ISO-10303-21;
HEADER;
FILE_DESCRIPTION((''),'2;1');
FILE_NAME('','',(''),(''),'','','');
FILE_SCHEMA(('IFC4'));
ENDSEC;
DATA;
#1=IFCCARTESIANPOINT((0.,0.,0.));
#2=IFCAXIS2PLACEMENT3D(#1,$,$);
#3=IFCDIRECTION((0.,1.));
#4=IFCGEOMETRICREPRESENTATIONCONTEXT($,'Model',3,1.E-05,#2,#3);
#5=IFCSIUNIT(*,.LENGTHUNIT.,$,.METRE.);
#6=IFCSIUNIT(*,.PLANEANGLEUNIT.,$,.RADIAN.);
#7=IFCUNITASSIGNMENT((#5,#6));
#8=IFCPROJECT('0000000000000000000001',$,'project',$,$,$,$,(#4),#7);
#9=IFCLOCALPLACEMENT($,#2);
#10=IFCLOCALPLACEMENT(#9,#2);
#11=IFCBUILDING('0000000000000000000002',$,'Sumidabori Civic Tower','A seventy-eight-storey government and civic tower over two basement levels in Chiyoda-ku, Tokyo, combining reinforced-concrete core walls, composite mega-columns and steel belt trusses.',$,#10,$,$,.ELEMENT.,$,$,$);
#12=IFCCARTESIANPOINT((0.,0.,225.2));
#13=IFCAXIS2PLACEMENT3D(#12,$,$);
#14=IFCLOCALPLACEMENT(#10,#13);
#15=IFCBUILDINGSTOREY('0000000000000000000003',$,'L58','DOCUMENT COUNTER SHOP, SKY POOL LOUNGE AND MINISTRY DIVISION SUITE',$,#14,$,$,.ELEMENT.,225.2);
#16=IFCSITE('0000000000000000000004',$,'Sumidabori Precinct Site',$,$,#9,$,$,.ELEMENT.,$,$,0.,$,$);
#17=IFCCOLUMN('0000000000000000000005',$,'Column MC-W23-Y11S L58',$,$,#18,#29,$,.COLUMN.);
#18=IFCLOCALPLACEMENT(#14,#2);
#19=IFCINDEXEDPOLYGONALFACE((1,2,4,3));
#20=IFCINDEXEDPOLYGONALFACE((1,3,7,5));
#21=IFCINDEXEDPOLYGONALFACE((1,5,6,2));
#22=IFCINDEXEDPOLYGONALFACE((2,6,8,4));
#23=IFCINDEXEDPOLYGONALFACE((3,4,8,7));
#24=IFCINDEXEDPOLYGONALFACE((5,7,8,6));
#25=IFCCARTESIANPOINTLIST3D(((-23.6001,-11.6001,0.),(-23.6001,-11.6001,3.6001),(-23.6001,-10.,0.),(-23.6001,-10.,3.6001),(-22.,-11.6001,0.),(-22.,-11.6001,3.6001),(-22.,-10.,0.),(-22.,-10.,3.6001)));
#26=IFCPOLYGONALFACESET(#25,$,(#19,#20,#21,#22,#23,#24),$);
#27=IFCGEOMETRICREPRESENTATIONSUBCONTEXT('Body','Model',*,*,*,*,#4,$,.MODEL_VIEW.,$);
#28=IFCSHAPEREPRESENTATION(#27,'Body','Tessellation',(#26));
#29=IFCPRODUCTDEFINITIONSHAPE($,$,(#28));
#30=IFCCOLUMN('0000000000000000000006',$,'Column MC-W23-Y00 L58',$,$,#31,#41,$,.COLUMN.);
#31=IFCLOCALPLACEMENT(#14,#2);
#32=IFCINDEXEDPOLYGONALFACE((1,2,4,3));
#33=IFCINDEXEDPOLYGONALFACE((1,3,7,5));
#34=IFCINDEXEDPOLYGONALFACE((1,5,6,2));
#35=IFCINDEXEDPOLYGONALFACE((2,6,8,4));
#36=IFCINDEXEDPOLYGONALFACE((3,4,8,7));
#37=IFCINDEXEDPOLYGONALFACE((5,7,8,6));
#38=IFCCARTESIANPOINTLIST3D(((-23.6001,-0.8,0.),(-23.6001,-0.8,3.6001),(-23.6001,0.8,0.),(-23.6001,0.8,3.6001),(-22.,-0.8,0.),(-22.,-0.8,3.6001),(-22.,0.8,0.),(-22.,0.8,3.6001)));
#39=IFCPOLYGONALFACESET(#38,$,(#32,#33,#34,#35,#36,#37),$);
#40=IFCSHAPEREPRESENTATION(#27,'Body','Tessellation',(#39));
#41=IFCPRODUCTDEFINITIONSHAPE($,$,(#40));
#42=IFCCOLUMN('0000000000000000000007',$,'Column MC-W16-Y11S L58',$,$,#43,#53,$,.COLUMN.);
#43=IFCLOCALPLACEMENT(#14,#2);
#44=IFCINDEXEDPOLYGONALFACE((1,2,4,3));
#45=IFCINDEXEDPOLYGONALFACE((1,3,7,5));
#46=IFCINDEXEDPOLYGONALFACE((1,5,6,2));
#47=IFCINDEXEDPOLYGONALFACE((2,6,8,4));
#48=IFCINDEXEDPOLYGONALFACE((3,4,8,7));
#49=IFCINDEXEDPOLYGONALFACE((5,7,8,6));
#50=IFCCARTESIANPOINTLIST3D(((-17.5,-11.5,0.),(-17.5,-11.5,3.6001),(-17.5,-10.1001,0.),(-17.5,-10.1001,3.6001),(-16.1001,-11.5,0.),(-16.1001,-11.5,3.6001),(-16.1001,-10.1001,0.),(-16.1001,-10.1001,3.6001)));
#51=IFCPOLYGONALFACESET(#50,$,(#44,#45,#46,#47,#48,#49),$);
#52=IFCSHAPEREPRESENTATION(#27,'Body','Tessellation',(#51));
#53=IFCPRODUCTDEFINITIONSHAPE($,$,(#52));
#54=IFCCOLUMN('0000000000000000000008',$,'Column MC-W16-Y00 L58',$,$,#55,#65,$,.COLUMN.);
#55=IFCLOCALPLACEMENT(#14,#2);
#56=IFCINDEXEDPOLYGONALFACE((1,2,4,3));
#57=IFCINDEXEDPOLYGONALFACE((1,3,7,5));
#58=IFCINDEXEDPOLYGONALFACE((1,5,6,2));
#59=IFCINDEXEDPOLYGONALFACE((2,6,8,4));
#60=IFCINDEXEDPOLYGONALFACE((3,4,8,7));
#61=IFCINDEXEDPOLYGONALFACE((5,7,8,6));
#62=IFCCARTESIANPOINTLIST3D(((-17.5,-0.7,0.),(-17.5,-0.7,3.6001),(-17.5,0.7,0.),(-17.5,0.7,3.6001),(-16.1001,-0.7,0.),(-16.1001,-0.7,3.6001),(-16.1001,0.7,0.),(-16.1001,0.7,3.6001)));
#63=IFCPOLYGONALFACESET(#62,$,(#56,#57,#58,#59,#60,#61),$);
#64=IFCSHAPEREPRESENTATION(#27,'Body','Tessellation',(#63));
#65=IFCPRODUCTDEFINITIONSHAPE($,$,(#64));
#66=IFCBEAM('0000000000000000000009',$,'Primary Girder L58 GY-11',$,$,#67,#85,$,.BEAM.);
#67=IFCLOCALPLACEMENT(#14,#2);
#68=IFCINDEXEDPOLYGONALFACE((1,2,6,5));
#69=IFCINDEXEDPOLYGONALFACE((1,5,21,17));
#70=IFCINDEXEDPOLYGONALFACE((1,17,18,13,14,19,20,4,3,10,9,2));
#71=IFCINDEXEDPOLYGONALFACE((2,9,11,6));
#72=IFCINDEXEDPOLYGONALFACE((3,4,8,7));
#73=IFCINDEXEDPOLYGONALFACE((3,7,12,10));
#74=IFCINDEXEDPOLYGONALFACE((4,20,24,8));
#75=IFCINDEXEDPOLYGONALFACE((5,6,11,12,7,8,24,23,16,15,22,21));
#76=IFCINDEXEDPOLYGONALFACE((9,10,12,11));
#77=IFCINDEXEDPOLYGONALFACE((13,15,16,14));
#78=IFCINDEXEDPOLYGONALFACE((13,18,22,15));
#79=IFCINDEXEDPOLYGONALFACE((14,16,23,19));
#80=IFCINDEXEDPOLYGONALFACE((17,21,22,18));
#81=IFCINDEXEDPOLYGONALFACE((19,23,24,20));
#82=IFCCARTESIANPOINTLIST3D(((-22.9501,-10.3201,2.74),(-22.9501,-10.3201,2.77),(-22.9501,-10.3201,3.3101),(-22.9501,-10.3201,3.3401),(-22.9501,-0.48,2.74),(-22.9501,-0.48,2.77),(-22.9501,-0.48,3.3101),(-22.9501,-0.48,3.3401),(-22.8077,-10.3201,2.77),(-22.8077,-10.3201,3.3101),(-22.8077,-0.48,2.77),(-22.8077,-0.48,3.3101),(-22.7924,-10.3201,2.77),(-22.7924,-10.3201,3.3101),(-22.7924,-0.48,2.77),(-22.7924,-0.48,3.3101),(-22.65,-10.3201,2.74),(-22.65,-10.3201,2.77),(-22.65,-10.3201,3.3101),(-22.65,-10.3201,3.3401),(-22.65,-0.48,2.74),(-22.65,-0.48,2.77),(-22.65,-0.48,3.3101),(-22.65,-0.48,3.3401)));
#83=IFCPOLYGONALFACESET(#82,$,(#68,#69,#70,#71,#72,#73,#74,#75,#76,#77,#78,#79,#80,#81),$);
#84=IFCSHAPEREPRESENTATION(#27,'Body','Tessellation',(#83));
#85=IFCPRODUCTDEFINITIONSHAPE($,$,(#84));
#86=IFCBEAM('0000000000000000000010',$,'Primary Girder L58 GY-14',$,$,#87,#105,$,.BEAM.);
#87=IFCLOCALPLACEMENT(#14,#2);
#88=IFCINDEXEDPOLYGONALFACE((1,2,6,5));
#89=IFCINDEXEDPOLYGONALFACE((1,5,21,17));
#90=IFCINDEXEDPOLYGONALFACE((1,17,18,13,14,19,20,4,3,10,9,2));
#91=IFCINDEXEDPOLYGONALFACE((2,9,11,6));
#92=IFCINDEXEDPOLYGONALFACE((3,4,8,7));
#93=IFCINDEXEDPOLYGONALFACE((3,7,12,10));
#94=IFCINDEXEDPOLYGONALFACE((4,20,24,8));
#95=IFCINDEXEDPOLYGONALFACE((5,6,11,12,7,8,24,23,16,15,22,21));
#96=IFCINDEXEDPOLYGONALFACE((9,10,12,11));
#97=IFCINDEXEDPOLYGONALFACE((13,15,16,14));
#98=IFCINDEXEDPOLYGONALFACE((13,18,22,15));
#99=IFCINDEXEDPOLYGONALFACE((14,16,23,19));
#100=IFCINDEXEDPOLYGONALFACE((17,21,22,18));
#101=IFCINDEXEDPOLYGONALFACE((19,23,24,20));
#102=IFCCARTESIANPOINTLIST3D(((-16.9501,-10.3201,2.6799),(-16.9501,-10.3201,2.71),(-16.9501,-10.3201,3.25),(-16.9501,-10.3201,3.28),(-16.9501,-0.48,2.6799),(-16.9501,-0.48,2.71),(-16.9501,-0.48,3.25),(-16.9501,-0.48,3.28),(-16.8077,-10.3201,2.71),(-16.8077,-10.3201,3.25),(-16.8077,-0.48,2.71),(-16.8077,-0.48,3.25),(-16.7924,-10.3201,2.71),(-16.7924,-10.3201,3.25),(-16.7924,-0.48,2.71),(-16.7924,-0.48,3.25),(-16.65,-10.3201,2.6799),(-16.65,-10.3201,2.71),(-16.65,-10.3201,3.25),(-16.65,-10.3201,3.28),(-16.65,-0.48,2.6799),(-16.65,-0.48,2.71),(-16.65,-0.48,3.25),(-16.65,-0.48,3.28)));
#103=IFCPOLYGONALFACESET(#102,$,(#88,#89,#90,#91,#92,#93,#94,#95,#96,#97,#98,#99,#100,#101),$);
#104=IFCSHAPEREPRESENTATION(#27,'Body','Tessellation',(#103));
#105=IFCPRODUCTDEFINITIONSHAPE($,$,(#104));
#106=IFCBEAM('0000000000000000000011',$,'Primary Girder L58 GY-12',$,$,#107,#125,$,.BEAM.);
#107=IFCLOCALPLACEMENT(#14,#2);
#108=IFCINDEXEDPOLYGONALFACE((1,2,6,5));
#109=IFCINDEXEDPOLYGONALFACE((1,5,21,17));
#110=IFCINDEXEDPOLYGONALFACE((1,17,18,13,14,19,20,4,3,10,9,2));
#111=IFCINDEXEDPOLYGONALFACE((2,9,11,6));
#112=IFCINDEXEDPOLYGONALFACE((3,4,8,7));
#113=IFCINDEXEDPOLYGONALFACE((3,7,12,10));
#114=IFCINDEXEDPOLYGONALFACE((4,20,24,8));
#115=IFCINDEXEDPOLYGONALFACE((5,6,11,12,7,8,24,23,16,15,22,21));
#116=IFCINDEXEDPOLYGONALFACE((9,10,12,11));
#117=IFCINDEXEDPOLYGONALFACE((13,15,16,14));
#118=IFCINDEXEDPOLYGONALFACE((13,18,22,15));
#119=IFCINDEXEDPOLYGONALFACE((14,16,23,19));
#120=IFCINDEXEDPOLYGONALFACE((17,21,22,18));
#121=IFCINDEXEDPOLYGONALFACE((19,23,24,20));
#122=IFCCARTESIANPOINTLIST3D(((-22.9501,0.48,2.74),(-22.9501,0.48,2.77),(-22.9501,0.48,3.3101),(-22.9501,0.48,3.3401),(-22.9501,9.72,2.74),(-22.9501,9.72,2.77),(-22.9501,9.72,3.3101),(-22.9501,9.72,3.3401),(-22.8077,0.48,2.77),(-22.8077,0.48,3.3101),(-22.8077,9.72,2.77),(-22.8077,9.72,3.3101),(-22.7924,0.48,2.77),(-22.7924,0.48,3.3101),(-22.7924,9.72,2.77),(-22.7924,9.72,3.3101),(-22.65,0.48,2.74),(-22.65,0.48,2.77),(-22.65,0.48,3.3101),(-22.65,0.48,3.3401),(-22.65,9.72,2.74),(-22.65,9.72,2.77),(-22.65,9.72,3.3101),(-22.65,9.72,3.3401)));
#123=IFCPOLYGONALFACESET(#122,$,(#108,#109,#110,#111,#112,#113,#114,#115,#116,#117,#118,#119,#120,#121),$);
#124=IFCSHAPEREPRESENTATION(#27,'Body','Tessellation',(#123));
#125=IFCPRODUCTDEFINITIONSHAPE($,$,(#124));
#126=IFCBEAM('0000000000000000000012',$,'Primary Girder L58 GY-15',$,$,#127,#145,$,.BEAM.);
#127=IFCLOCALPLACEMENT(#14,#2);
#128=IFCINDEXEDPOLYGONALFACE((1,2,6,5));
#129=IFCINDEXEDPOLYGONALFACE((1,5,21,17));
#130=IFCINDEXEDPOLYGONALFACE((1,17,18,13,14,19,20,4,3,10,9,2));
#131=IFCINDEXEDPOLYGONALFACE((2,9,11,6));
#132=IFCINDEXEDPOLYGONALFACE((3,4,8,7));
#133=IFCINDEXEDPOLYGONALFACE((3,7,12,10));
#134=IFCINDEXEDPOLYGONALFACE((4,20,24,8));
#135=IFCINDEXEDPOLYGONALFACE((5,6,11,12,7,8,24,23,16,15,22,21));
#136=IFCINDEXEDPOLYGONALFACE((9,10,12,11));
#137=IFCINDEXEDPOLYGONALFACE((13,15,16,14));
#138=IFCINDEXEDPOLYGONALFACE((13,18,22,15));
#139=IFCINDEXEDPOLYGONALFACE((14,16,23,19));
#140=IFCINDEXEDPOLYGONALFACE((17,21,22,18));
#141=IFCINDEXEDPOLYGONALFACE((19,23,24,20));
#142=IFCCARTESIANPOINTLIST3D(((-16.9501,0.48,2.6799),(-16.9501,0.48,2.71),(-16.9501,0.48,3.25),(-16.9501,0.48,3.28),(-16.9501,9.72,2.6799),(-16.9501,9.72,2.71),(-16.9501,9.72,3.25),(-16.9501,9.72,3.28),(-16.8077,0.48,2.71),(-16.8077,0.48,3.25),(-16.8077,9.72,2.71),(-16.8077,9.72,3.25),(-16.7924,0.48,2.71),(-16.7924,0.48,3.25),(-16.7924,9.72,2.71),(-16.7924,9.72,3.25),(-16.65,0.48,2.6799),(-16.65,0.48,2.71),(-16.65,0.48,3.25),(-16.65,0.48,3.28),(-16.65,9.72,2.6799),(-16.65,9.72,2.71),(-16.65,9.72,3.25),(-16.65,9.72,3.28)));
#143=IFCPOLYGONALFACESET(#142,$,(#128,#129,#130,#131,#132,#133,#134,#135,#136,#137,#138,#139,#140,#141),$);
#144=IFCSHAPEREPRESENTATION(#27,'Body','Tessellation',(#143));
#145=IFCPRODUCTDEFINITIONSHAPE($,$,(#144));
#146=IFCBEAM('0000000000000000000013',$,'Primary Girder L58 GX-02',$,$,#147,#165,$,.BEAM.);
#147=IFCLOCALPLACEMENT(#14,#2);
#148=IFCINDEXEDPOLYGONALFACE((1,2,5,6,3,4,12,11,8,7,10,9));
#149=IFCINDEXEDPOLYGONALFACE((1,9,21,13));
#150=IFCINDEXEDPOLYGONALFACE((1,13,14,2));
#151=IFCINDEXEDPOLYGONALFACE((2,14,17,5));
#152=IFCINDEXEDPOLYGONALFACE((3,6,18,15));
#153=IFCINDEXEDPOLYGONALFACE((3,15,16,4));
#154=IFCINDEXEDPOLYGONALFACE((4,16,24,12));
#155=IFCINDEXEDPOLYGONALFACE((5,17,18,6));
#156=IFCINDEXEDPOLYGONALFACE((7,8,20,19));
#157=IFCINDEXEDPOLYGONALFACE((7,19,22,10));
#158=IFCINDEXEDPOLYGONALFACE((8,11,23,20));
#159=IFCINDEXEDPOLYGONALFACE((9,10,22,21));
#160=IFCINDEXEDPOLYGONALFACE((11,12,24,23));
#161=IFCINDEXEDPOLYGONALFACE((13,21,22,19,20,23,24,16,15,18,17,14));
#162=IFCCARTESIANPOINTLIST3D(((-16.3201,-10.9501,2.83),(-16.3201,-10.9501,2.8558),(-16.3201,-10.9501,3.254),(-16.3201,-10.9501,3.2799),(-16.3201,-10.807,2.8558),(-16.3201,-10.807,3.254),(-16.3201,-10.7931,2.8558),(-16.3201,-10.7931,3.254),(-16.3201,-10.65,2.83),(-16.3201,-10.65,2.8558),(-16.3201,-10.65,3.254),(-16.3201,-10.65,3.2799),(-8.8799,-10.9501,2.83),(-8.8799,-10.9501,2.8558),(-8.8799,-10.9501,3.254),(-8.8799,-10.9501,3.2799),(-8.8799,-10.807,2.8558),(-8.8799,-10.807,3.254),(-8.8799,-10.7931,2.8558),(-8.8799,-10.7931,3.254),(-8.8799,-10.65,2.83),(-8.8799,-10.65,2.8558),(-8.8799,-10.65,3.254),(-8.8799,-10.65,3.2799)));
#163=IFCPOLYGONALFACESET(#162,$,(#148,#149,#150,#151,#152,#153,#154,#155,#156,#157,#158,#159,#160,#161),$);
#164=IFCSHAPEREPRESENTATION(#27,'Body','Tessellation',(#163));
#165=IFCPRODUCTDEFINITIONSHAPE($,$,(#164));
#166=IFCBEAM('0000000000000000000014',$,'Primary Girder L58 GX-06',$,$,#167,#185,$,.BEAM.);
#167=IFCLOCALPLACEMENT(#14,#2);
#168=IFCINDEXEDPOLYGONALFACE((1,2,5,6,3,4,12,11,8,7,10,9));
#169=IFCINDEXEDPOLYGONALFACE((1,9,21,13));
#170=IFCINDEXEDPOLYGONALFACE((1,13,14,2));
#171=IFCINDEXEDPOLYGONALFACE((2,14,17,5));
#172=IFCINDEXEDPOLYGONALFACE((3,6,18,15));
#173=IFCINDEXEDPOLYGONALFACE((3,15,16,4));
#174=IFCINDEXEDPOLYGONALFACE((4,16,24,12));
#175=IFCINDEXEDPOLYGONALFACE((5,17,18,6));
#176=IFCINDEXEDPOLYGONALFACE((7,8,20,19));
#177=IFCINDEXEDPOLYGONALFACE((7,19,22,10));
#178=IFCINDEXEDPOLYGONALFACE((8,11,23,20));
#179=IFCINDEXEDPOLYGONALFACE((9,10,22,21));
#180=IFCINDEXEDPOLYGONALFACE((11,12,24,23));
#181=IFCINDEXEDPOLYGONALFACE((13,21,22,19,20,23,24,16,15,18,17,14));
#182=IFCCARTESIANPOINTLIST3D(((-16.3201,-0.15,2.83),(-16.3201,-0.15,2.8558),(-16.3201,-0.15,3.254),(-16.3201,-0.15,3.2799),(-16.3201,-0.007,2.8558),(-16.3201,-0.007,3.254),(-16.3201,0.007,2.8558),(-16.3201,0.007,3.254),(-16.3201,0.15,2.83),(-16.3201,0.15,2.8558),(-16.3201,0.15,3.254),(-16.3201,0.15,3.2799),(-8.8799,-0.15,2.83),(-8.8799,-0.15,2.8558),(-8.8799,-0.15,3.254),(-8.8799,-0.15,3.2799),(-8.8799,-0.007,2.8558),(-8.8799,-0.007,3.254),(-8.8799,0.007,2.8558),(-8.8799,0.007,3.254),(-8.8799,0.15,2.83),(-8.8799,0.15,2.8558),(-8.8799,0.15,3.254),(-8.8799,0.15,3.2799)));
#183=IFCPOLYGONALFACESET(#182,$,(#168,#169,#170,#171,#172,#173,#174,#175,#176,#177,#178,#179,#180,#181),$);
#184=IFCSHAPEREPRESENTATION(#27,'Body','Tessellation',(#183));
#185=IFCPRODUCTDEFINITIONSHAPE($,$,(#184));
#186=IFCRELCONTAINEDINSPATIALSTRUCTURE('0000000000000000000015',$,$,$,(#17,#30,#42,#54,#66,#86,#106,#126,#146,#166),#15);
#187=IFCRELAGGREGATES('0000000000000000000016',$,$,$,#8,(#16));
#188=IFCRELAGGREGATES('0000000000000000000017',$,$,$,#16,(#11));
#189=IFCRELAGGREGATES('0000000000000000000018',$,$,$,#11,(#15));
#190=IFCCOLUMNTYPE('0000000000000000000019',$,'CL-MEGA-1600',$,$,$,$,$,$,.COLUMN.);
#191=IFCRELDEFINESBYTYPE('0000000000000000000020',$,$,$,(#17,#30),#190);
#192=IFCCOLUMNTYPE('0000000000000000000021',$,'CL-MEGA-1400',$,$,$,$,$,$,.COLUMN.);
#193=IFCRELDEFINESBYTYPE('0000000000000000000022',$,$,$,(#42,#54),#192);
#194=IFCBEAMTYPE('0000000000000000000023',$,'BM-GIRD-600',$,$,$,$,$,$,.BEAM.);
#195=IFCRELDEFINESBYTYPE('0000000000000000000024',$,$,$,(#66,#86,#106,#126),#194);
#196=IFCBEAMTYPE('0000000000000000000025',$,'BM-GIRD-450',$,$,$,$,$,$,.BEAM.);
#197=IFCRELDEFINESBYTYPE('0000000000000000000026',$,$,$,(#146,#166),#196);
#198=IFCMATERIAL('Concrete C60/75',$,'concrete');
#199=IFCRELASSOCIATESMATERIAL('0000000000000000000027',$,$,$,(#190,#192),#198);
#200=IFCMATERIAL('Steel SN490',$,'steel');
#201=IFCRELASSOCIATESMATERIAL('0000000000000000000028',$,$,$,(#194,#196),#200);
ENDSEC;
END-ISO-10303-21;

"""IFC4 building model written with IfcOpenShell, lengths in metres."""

from ifc_helpers import new_model, si_unit, direction, frame, origin, origin_2d, place, context, subcontext, project, spatial, rectangle, i_section, extrude, source, transform, mapped, material, material_profile, profile_set, type_object, element, save


model = new_model("IFC4")

# Units and contexts
model_context = context("Model", 3, precision=1e-05, world=origin(), true_north=direction((0.0, 1.0)))
body_context = subcontext(model_context, "Body", "Model", "MODEL_VIEW")
ifc_project = project(units=[si_unit("LENGTHUNIT", "METRE"), si_unit("PLANEANGLEUNIT", "RADIAN")], contexts=[model_context])

# Site, building, storey
site_placement = place(None, origin())
site = spatial("IfcSite", under=ifc_project, at=site_placement, Name="Sumidabori Precinct Site", CompositionType="ELEMENT", RefElevation=0.0)
building_placement = place(site_placement, origin())
building = spatial("IfcBuilding", under=site, at=building_placement, Name="Sumidabori Civic Tower", Description="A seventy-eight-storey government and civic tower over two basement levels in Chiyoda-ku, Tokyo, combining reinforced-concrete core walls, composite mega-columns and steel belt trusses.", CompositionType="ELEMENT")
storey_placement = place(building_placement, frame((0.0, 0.0, 225.2)))
storey = spatial("IfcBuildingStorey", under=building, at=storey_placement, Name="L58", Description="DOCUMENT COUNTER SHOP, SKY POOL LOUNGE AND MINISTRY DIVISION SUITE", CompositionType="ELEMENT", Elevation=225.2)

# Columns
ifc_material_1 = material(Name="Concrete C60/75", Category="concrete")
ifc_material_profile_1 = material_profile(ifc_material_1, rectangle(XDim=1.6001, YDim=1.6001, at=origin_2d()), Name="RC 1600x1600")
ifc_profile_set_1 = profile_set([ifc_material_profile_1], Name="Concrete C60/75")
column_type_1 = type_object("IfcColumnType", Name="CL-MEGA-1600", PredefinedType="COLUMN", material=ifc_profile_set_1)
shared_shape_1 = source(origin(), body_context, "Body", "SweptSolid", [
    extrude(rectangle(XDim=1.6001, YDim=1.6001, at=origin_2d()), origin(), (0.0, 0.0, 1.0), 3.6001),
])
for number, where, z_axis, x_axis, name in (
    (1, (-22.8, -10.8, 0.0), (0.0, 0.0, 1.0), (1.0, 0.0, 0.0), "Column MC-W23-Y11S L58"),
    (2, (-22.8, 0.0, 0.0), (0.0, 0.0, 1.0), (1.0, 0.0, 0.0), "Column MC-W23-Y00 L58"),
):
    element("IfcColumn", number, at=place(storey_placement, frame(where, z_axis=z_axis, x_axis=x_axis)), inside=storey, type_object=column_type_1, Name=name, PredefinedType="COLUMN", context=body_context, shape_type="MappedRepresentation", body=[
        mapped(shared_shape_1, transform((0.0, 0.0, 0.0), x_axis=(1.0, 0.0, 0.0), y_axis=(0.0, 1.0, 0.0), z_axis=(0.0, 0.0, 1.0), scale=1.0)),
    ])
ifc_material_profile_2 = material_profile(ifc_material_1, rectangle(XDim=1.3999, YDim=1.3999, at=origin_2d()), Name="RC 1400x1400")
ifc_profile_set_2 = profile_set([ifc_material_profile_2], Name="Concrete C60/75")
column_type_2 = type_object("IfcColumnType", Name="CL-MEGA-1400", PredefinedType="COLUMN", material=ifc_profile_set_2)
shared_shape_2 = source(origin(), body_context, "Body", "SweptSolid", [
    extrude(rectangle(XDim=1.3999, YDim=1.3999, at=origin_2d()), origin(), (0.0, 0.0, 1.0), 3.6001),
])
for number, where, z_axis, x_axis, name in (
    (3, (-16.8, -10.8, 0.0), (0.0, 0.0, 1.0), (1.0, 0.0, 0.0), "Column MC-W16-Y11S L58"),
    (4, (-16.8, 0.0, 0.0), (0.0, 0.0, 1.0), (1.0, 0.0, 0.0), "Column MC-W16-Y00 L58"),
):
    element("IfcColumn", number, at=place(storey_placement, frame(where, z_axis=z_axis, x_axis=x_axis)), inside=storey, type_object=column_type_2, Name=name, PredefinedType="COLUMN", context=body_context, shape_type="MappedRepresentation", body=[
        mapped(shared_shape_2, transform((0.0, 0.0, 0.0), x_axis=(1.0, 0.0, 0.0), y_axis=(0.0, 1.0, 0.0), z_axis=(0.0, 0.0, 1.0), scale=1.0)),
    ])

# Beams
ifc_material_2 = material(Name="Steel SN490", Category="steel")
ifc_material_profile_3 = material_profile(ifc_material_2, i_section(OverallWidth=0.3, OverallDepth=0.6001, WebThickness=0.0154, FlangeThickness=0.03, at=origin_2d()), Name="HE 600 B")
ifc_profile_set_3 = profile_set([ifc_material_profile_3], Name="Steel SN490")
beam_type_1 = type_object("IfcBeamType", Name="BM-GIRD-600", PredefinedType="BEAM", material=ifc_profile_set_3)
shared_shape_3 = source(origin(), body_context, "Body", "SweptSolid", [
    extrude(i_section(OverallWidth=0.3, OverallDepth=0.6001, WebThickness=0.0154, FlangeThickness=0.03, at=origin_2d()), origin(), (0.0, 0.0, 1.0), 9.8401),
])
for number, where, z_axis, x_axis, name in (
    (5, (-22.8, -10.3201, 3.04), (0.0, 1.0, 0.0), (-1.0, 0.0, 0.0), "Primary Girder L58 GY-11"),
    (6, (-16.8, -10.3201, 2.98), (0.0, 1.0, 0.0), (-1.0, 0.0, 0.0), "Primary Girder L58 GY-14"),
):
    element("IfcBeam", number, at=place(storey_placement, frame(where, z_axis=z_axis, x_axis=x_axis)), inside=storey, type_object=beam_type_1, Name=name, PredefinedType="BEAM", context=body_context, shape_type="MappedRepresentation", body=[
        mapped(shared_shape_3, transform((0.0, 0.0, 0.0), x_axis=(1.0, 0.0, 0.0), y_axis=(0.0, 1.0, 0.0), z_axis=(0.0, 0.0, 1.0), scale=1.0)),
    ])
shared_shape_4 = source(origin(), body_context, "Body", "SweptSolid", [
    extrude(i_section(OverallWidth=0.3, OverallDepth=0.6001, WebThickness=0.0154, FlangeThickness=0.03, at=origin_2d()), origin(), (0.0, 0.0, 1.0), 9.24),
])
for number, where, z_axis, x_axis, name in (
    (7, (-22.8, 0.48, 3.04), (0.0, 1.0, 0.0), (-1.0, 0.0, 0.0), "Primary Girder L58 GY-12"),
    (8, (-16.8, 0.48, 2.98), (0.0, 1.0, 0.0), (-1.0, 0.0, 0.0), "Primary Girder L58 GY-15"),
):
    element("IfcBeam", number, at=place(storey_placement, frame(where, z_axis=z_axis, x_axis=x_axis)), inside=storey, type_object=beam_type_1, Name=name, PredefinedType="BEAM", context=body_context, shape_type="MappedRepresentation", body=[
        mapped(shared_shape_4, transform((0.0, 0.0, 0.0), x_axis=(1.0, 0.0, 0.0), y_axis=(0.0, 1.0, 0.0), z_axis=(0.0, 0.0, 1.0), scale=1.0)),
    ])
ifc_material_profile_4 = material_profile(ifc_material_2, i_section(OverallWidth=0.3, OverallDepth=0.45, WebThickness=0.0139, FlangeThickness=0.0259, at=origin_2d()), Name="HE 450 B")
ifc_profile_set_4 = profile_set([ifc_material_profile_4], Name="Steel SN490")
beam_type_2 = type_object("IfcBeamType", Name="BM-GIRD-450", PredefinedType="BEAM", material=ifc_profile_set_4)
shared_shape_5 = source(origin(), body_context, "Body", "SweptSolid", [
    extrude(i_section(OverallWidth=0.3, OverallDepth=0.45, WebThickness=0.0139, FlangeThickness=0.0259, at=origin_2d()), origin(), (0.0, 0.0, 1.0), 7.4402),
])
for number, where, z_axis, x_axis, name in (
    (9, (-16.3201, -10.8, 3.0549), (1.0, 0.0, 0.0), (0.0, 1.0, 0.0), "Primary Girder L58 GX-02"),
    (10, (-16.3201, 0.0, 3.0549), (1.0, 0.0, 0.0), (0.0, 1.0, 0.0), "Primary Girder L58 GX-06"),
):
    element("IfcBeam", number, at=place(storey_placement, frame(where, z_axis=z_axis, x_axis=x_axis)), inside=storey, type_object=beam_type_2, Name=name, PredefinedType="BEAM", context=body_context, shape_type="MappedRepresentation", body=[
        mapped(shared_shape_5, transform((0.0, 0.0, 0.0), x_axis=(1.0, 0.0, 0.0), y_axis=(0.0, 1.0, 0.0), z_axis=(0.0, 0.0, 1.0), scale=1.0)),
    ])

save(model, "model.ifc")
